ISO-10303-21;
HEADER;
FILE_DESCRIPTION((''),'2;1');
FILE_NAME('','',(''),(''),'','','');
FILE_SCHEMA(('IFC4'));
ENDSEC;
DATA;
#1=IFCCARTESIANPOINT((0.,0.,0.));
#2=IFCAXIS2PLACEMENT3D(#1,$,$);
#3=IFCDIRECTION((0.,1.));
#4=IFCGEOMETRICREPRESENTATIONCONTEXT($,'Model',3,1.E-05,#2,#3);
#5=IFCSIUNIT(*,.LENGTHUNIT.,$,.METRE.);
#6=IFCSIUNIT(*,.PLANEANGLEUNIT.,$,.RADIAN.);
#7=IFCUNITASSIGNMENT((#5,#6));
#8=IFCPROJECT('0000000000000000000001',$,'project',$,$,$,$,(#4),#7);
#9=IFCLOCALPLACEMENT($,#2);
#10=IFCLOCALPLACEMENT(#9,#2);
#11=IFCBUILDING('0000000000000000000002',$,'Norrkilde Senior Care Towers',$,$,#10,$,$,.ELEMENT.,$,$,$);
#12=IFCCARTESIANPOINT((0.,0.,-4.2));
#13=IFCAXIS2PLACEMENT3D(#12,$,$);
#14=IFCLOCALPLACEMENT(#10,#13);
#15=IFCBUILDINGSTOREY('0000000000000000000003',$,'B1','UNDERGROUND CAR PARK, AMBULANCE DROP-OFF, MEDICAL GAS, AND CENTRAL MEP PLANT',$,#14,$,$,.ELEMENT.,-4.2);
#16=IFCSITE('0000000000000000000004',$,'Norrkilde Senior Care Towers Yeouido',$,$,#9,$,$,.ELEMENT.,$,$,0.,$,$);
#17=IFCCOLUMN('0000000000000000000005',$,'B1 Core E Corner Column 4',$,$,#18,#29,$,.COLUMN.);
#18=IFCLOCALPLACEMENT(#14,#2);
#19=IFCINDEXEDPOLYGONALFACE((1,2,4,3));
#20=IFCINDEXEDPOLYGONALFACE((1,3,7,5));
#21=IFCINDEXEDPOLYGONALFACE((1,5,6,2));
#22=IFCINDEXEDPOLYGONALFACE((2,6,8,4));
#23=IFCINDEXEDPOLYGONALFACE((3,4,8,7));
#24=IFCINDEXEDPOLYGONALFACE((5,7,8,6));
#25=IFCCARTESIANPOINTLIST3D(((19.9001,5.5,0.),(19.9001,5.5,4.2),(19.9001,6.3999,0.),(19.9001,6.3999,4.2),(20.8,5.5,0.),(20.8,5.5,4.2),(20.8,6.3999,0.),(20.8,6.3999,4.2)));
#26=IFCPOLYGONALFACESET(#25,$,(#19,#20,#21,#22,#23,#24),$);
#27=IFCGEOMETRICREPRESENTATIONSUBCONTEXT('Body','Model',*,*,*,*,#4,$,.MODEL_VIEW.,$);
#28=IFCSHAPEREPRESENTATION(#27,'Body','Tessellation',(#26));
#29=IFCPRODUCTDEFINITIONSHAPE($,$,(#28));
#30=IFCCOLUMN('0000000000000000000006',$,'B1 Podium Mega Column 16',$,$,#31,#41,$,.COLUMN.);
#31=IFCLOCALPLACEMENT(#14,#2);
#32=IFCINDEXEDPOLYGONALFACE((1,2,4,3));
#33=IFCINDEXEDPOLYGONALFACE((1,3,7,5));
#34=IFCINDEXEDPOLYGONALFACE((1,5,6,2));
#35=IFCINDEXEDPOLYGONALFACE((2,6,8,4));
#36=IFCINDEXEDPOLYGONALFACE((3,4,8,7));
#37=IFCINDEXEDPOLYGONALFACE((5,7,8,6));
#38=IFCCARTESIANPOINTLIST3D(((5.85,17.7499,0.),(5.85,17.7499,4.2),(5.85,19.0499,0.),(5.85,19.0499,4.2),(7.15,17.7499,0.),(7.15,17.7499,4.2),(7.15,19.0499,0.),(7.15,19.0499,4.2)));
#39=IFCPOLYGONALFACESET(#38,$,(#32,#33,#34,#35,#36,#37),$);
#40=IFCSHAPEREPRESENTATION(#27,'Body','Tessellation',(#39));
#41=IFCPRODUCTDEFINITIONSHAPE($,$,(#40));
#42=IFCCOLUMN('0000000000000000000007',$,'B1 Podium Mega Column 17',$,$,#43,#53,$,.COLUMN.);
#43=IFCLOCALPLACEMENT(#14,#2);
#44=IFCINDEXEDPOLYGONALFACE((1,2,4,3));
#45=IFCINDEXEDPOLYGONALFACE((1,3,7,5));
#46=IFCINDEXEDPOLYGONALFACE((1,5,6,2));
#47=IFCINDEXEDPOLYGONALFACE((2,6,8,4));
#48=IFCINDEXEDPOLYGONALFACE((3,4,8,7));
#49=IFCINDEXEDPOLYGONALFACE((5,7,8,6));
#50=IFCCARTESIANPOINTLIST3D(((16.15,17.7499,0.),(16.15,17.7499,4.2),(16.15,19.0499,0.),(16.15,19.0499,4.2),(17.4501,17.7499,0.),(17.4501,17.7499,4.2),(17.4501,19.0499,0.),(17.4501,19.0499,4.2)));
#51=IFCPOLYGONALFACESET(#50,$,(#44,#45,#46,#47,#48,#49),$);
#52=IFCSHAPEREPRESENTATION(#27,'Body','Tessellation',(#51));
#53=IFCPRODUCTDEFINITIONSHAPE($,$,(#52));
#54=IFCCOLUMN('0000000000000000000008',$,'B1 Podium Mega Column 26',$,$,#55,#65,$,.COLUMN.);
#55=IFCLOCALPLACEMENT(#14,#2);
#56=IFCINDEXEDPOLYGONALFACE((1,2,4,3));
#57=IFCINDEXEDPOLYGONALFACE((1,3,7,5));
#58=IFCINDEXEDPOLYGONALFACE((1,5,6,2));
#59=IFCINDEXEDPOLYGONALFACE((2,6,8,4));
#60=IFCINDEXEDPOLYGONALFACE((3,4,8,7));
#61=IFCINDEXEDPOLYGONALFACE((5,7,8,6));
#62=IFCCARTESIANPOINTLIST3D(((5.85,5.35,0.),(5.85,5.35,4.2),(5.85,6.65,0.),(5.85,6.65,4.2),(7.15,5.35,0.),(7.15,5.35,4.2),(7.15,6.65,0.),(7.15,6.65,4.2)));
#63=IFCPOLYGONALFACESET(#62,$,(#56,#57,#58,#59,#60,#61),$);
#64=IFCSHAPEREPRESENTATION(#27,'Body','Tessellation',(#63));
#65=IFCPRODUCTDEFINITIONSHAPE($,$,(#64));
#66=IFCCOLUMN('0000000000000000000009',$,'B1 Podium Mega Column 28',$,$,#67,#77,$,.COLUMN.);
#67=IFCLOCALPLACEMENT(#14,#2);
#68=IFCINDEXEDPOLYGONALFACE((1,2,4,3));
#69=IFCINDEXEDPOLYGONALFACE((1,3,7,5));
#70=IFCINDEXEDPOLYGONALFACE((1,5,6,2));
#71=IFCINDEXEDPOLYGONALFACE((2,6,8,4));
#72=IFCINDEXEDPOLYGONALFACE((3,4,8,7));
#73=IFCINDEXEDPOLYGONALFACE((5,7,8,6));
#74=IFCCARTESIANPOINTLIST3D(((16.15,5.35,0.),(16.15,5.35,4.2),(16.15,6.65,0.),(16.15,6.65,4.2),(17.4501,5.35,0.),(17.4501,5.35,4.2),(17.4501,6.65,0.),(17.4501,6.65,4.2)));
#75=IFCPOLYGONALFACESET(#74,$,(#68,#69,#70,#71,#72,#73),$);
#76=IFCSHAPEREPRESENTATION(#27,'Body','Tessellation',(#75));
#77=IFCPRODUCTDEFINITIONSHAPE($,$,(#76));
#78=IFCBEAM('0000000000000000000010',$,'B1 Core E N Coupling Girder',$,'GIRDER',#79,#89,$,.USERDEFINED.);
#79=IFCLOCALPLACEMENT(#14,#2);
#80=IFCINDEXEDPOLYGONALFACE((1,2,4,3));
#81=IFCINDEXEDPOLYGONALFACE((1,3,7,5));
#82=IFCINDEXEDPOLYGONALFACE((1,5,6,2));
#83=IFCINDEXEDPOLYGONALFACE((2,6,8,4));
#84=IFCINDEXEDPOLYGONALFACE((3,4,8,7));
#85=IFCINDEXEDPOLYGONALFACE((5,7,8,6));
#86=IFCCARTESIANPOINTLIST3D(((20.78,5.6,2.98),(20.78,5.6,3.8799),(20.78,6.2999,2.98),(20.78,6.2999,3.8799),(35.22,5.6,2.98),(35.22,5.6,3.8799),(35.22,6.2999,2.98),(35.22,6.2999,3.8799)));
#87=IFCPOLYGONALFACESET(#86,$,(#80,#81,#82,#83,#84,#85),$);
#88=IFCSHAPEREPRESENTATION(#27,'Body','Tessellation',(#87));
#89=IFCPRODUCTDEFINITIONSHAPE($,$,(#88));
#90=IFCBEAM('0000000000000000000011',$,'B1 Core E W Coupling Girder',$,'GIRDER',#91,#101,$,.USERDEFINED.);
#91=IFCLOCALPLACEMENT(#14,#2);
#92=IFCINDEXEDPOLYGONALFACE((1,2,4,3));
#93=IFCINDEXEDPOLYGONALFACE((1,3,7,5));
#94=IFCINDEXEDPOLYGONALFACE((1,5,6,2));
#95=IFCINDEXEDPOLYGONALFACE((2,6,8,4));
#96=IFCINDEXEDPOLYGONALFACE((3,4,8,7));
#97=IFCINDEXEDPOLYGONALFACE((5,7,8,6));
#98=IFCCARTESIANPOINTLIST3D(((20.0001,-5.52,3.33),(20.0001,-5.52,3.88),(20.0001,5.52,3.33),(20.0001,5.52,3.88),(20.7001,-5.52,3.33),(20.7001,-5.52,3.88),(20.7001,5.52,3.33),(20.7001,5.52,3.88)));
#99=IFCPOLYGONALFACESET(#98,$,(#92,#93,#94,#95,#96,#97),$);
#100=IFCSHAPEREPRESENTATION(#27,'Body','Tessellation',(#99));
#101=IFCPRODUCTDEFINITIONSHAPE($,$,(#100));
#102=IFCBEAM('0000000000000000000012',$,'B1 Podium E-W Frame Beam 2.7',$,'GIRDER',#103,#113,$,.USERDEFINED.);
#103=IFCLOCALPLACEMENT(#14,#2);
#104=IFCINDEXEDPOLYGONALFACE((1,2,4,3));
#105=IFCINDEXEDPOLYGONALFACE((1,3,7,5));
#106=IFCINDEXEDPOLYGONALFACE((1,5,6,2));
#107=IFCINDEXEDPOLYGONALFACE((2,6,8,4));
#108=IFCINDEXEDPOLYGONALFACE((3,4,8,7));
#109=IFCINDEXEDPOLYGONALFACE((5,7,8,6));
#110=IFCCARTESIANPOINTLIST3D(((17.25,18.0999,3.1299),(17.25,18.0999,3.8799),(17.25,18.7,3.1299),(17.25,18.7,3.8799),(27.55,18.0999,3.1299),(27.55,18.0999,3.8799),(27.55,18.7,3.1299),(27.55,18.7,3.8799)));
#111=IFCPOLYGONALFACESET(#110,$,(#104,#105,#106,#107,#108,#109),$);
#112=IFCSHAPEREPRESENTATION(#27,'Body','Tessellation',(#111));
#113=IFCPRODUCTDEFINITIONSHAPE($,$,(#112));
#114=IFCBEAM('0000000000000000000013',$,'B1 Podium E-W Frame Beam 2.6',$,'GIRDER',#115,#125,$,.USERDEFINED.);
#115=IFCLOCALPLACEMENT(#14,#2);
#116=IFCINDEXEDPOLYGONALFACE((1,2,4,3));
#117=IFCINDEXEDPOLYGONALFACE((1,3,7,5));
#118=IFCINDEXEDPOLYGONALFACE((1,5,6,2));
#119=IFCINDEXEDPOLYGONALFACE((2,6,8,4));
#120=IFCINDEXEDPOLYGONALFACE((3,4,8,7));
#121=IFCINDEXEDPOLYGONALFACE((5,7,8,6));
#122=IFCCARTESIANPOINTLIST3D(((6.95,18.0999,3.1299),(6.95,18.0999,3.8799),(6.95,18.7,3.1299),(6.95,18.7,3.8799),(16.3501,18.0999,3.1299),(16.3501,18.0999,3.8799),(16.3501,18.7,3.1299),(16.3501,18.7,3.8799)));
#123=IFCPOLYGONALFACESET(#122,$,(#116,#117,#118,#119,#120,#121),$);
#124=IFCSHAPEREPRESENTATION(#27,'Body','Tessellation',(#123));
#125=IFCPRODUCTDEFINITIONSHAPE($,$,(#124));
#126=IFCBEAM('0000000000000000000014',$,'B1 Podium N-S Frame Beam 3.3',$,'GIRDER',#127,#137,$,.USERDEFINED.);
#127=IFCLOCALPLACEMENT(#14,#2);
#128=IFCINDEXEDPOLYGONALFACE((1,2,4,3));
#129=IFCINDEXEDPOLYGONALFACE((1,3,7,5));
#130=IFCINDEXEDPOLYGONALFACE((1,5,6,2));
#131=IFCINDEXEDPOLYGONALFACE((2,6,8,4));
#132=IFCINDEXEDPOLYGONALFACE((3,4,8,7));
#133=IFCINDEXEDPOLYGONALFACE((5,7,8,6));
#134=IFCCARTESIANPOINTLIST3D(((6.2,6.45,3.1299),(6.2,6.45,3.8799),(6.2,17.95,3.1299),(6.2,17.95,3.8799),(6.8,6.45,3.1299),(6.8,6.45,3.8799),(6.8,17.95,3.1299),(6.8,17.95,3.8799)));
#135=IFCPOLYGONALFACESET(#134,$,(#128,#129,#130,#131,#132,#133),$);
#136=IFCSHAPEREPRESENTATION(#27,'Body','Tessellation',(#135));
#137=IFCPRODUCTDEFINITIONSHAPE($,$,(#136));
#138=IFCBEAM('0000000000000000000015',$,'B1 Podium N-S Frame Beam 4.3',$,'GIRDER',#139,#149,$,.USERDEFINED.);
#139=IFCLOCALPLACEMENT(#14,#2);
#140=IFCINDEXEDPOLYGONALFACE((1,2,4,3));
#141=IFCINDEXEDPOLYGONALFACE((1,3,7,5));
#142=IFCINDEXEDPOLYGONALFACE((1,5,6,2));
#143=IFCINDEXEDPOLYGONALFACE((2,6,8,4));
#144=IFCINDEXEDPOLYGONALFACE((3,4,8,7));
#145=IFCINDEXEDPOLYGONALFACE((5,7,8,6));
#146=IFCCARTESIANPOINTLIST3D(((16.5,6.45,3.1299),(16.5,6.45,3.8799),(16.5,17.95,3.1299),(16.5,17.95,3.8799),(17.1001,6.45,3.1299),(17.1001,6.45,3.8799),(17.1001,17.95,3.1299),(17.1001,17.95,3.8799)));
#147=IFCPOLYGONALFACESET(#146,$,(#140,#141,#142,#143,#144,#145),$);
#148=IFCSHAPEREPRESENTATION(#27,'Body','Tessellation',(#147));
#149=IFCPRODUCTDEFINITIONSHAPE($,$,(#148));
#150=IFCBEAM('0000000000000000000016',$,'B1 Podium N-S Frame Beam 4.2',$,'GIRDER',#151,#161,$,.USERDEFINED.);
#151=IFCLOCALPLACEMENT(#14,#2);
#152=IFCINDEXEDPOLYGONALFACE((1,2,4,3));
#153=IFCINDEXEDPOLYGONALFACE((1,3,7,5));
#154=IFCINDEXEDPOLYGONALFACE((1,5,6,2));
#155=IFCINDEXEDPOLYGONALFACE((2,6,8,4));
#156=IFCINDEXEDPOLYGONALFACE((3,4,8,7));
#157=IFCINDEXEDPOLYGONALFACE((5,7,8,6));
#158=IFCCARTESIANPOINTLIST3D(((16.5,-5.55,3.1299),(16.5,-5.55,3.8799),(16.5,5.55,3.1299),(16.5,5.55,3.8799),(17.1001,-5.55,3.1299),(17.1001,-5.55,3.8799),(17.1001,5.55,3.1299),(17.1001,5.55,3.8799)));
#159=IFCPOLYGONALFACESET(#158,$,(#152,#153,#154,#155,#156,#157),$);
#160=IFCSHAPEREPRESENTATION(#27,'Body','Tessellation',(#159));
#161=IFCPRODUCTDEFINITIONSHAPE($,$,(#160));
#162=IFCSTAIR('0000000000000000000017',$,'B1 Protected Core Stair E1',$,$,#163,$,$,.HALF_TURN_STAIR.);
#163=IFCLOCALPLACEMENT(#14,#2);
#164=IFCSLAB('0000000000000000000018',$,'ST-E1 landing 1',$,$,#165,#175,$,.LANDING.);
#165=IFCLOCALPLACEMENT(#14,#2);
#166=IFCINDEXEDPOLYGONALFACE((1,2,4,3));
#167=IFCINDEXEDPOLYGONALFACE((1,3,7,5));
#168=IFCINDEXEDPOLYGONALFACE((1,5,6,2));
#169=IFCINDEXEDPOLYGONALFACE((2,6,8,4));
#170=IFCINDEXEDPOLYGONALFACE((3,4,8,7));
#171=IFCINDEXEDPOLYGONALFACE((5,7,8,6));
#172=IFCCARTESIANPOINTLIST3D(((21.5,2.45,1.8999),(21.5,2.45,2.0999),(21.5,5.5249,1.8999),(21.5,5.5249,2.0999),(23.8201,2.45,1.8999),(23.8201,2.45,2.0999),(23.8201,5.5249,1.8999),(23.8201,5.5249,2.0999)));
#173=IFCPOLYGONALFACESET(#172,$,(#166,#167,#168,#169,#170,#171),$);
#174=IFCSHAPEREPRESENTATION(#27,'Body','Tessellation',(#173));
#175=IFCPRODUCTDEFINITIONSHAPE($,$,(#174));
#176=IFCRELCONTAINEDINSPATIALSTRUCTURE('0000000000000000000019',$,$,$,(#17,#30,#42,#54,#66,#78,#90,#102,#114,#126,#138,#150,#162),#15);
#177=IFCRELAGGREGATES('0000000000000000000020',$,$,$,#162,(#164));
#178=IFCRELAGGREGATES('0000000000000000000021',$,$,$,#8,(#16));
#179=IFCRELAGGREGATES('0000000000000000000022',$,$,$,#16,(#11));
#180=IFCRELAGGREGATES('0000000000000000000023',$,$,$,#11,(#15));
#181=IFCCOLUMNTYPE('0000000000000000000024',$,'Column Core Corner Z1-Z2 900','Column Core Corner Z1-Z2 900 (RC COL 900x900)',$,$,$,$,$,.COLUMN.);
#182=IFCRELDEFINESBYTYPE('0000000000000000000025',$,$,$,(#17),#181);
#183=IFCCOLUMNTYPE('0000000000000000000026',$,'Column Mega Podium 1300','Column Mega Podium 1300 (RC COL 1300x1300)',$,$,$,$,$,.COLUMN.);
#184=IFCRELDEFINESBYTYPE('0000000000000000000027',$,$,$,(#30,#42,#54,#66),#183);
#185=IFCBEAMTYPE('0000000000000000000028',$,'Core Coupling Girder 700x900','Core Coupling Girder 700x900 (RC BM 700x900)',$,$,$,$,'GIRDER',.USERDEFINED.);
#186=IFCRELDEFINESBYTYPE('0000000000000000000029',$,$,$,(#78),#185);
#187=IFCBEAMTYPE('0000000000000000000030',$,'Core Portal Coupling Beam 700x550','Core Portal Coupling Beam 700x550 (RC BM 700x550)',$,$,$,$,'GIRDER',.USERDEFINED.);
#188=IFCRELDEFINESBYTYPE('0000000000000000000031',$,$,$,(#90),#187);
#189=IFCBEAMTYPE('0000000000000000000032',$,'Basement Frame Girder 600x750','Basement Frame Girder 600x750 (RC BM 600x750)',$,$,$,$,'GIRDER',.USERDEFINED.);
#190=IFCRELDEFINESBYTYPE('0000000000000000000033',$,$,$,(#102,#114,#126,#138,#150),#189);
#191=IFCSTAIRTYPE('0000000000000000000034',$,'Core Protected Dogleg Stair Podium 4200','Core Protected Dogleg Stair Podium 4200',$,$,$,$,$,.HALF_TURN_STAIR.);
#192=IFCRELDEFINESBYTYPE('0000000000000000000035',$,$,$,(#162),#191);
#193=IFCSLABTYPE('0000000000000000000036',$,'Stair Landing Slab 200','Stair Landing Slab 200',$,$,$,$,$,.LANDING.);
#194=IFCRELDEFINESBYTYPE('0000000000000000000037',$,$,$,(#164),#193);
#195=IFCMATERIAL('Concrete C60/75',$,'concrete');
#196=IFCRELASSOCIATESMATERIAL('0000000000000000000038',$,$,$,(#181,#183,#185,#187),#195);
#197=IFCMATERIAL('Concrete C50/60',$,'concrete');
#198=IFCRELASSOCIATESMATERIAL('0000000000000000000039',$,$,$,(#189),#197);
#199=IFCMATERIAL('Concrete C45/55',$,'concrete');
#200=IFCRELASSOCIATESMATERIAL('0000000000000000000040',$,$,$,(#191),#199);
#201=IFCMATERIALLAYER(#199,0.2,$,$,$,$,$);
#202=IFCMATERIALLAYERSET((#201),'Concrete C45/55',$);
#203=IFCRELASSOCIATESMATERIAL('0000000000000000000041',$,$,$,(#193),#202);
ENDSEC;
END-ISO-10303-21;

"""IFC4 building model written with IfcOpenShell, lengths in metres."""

from ifc_helpers import new_model, si_unit, direction, frame, origin, origin_2d, place, context, subcontext, project, spatial, polyline, rectangle, outline, extrude, source, transform, mapped, material, layer, layer_set, material_profile, profile_set, type_object, type_shapes, element, aggregate, save


model = new_model("IFC4")

# Units and contexts
model_context = context("Model", 3, precision=1e-05, world=origin(), true_north=direction((0.0, 1.0)))
body_context = subcontext(model_context, "Body", "Model", "MODEL_VIEW")
ifc_project = project(units=[si_unit("LENGTHUNIT", "METRE"), si_unit("PLANEANGLEUNIT", "RADIAN")], contexts=[model_context])

# Site, building, storey
site_placement = place(None, origin())
site = spatial("IfcSite", under=ifc_project, at=site_placement, Name="Norrkilde Senior Care Towers Yeouido", CompositionType="ELEMENT", RefElevation=0.0)
building_placement = place(site_placement, origin())
building = spatial("IfcBuilding", under=site, at=building_placement, Name="Norrkilde Senior Care Towers", CompositionType="ELEMENT")
storey_placement = place(building_placement, frame((0.0, 0.0, -4.2)))
storey = spatial("IfcBuildingStorey", under=building, at=storey_placement, Name="B1", Description="UNDERGROUND CAR PARK, AMBULANCE DROP-OFF, MEDICAL GAS, AND CENTRAL MEP PLANT", CompositionType="ELEMENT", Elevation=-4.2)

# Columns
ifc_material_1 = material(Name="Concrete C60/75", Category="concrete")
ifc_material_profile_1 = material_profile(ifc_material_1, rectangle(XDim=0.8999, YDim=0.8999, at=origin_2d()), Name="RC COL 900x900")
ifc_profile_set_1 = profile_set([ifc_material_profile_1], Name="Concrete C60/75")
column_type_1 = type_object("IfcColumnType", Name="Column Core Corner Z1-Z2 900", Description="Column Core Corner Z1-Z2 900 (RC COL 900x900)", PredefinedType="COLUMN", material=ifc_profile_set_1)
shared_shape_1 = source(origin(), body_context, "Body", "SweptSolid", [
    extrude(rectangle(XDim=0.8999, YDim=0.8999, at=origin_2d()), origin(), (0.0, 0.0, 1.0), 4.2),
])
type_shapes(column_type_1, [shared_shape_1])
column_placement = place(storey_placement, frame((20.3501, 5.95, 0.0), z_axis=(0.0, 0.0, 1.0), x_axis=(1.0, 0.0, 0.0)))
element("IfcColumn", 1, at=column_placement, inside=storey, type_object=column_type_1, Name="B1 Core E Corner Column 4", PredefinedType="COLUMN", context=body_context, shape_type="MappedRepresentation", body=[
    mapped(shared_shape_1, transform((0.0, 0.0, 0.0), x_axis=(1.0, 0.0, 0.0), y_axis=(0.0, 1.0, 0.0), z_axis=(0.0, 0.0, 1.0), scale=1.0)),
])
ifc_material_profile_2 = material_profile(ifc_material_1, rectangle(XDim=1.3, YDim=1.3, at=origin_2d()), Name="RC COL 1300x1300")
ifc_profile_set_2 = profile_set([ifc_material_profile_2], Name="Concrete C60/75")
column_type_2 = type_object("IfcColumnType", Name="Column Mega Podium 1300", Description="Column Mega Podium 1300 (RC COL 1300x1300)", PredefinedType="COLUMN", material=ifc_profile_set_2)
shared_shape_2 = source(origin(), body_context, "Body", "SweptSolid", [
    extrude(rectangle(XDim=1.3, YDim=1.3, at=origin_2d()), origin(), (0.0, 0.0, 1.0), 4.2),
])
type_shapes(column_type_2, [shared_shape_2])
for number, where, z_axis, x_axis, name in (
    (2, (6.5, 18.3999, 0.0), (0.0, 0.0, 1.0), (1.0, 0.0, 0.0), "B1 Podium Mega Column 16"),
    (3, (16.8, 18.3999, 0.0), (0.0, 0.0, 1.0), (1.0, 0.0, 0.0), "B1 Podium Mega Column 17"),
    (4, (6.5, 6.0, 0.0), (0.0, 0.0, 1.0), (1.0, 0.0, 0.0), "B1 Podium Mega Column 26"),
    (5, (16.8, 6.0, 0.0), (0.0, 0.0, 1.0), (1.0, 0.0, 0.0), "B1 Podium Mega Column 28"),
):
    element("IfcColumn", number, at=place(storey_placement, frame(where, z_axis=z_axis, x_axis=x_axis)), inside=storey, type_object=column_type_2, Name=name, PredefinedType="COLUMN", context=body_context, shape_type="MappedRepresentation", body=[
        mapped(shared_shape_2, transform((0.0, 0.0, 0.0), x_axis=(1.0, 0.0, 0.0), y_axis=(0.0, 1.0, 0.0), z_axis=(0.0, 0.0, 1.0), scale=1.0)),
    ])

# Beams
ifc_material_profile_3 = material_profile(ifc_material_1, rectangle(XDim=0.7, YDim=0.8999, at=origin_2d()), Name="RC BM 700x900")
ifc_profile_set_3 = profile_set([ifc_material_profile_3], Name="Concrete C60/75")
beam_type_1 = type_object("IfcBeamType", Name="Core Coupling Girder 700x900", Description="Core Coupling Girder 700x900 (RC BM 700x900)", ElementType="GIRDER", PredefinedType="USERDEFINED", material=ifc_profile_set_3)
shared_shape_3 = source(origin(), body_context, "Body", "SweptSolid", [
    extrude(rectangle(XDim=0.7, YDim=0.8999, at=origin_2d()), origin(), (0.0, 0.0, 1.0), 14.4399),
])
type_shapes(beam_type_1, [shared_shape_3])
beam_1_placement = place(storey_placement, frame((20.78, 5.95, 3.4299), z_axis=(1.0, 0.0, 0.0), x_axis=(0.0, 1.0, 0.0)))
element("IfcBeam", 6, at=beam_1_placement, inside=storey, type_object=beam_type_1, Name="B1 Core E N Coupling Girder", ObjectType="GIRDER", PredefinedType="USERDEFINED", context=body_context, shape_type="MappedRepresentation", body=[
    mapped(shared_shape_3, transform((0.0, 0.0, 0.0), x_axis=(1.0, 0.0, 0.0), y_axis=(0.0, 1.0, 0.0), z_axis=(0.0, 0.0, 1.0), scale=1.0)),
])
ifc_material_profile_4 = material_profile(ifc_material_1, rectangle(XDim=0.7, YDim=0.55, at=origin_2d()), Name="RC BM 700x550")
ifc_profile_set_4 = profile_set([ifc_material_profile_4], Name="Concrete C60/75")
beam_type_2 = type_object("IfcBeamType", Name="Core Portal Coupling Beam 700x550", Description="Core Portal Coupling Beam 700x550 (RC BM 700x550)", ElementType="GIRDER", PredefinedType="USERDEFINED", material=ifc_profile_set_4)
shared_shape_4 = source(origin(), body_context, "Body", "SweptSolid", [
    extrude(rectangle(XDim=0.7, YDim=0.55, at=origin_2d()), origin(), (0.0, 0.0, 1.0), 11.04),
])
type_shapes(beam_type_2, [shared_shape_4])
beam_2_placement = place(storey_placement, frame((20.3501, -5.52, 3.605), z_axis=(0.0, 1.0, 0.0), x_axis=(-1.0, 0.0, 0.0)))
element("IfcBeam", 7, at=beam_2_placement, inside=storey, type_object=beam_type_2, Name="B1 Core E W Coupling Girder", ObjectType="GIRDER", PredefinedType="USERDEFINED", context=body_context, shape_type="MappedRepresentation", body=[
    mapped(shared_shape_4, transform((0.0, 0.0, 0.0), x_axis=(1.0, 0.0, 0.0), y_axis=(0.0, 1.0, 0.0), z_axis=(0.0, 0.0, 1.0), scale=1.0)),
])
ifc_material_2 = material(Name="Concrete C50/60", Category="concrete")
ifc_material_profile_5 = material_profile(ifc_material_2, rectangle(XDim=0.6001, YDim=0.75, at=origin_2d()), Name="RC BM 600x750")
ifc_profile_set_5 = profile_set([ifc_material_profile_5], Name="Concrete C50/60")
beam_type_3 = type_object("IfcBeamType", Name="Basement Frame Girder 600x750", Description="Basement Frame Girder 600x750 (RC BM 600x750)", ElementType="GIRDER", PredefinedType="USERDEFINED", material=ifc_profile_set_5)
shared_shape_5 = source(origin(), body_context, "Body", "SweptSolid", [
    extrude(rectangle(XDim=0.6001, YDim=0.75, at=origin_2d()), origin(), (0.0, 0.0, 1.0), 10.3),
])
beam_3_placement = place(storey_placement, frame((17.25, 18.3999, 3.5049), z_axis=(1.0, 0.0, 0.0), x_axis=(0.0, 1.0, 0.0)))
element("IfcBeam", 8, at=beam_3_placement, inside=storey, type_object=beam_type_3, Name="B1 Podium E-W Frame Beam 2.7", ObjectType="GIRDER", PredefinedType="USERDEFINED", context=body_context, shape_type="MappedRepresentation", body=[
    mapped(shared_shape_5, transform((0.0, 0.0, 0.0), x_axis=(1.0, 0.0, 0.0), y_axis=(0.0, 1.0, 0.0), z_axis=(0.0, 0.0, 1.0), scale=1.0)),
])
shared_shape_6 = source(origin(), body_context, "Body", "SweptSolid", [
    extrude(rectangle(XDim=0.6001, YDim=0.75, at=origin_2d()), origin(), (0.0, 0.0, 1.0), 9.4001),
])
beam_4_placement = place(storey_placement, frame((6.95, 18.3999, 3.5049), z_axis=(1.0, 0.0, 0.0), x_axis=(0.0, 1.0, 0.0)))
element("IfcBeam", 9, at=beam_4_placement, inside=storey, type_object=beam_type_3, Name="B1 Podium E-W Frame Beam 2.6", ObjectType="GIRDER", PredefinedType="USERDEFINED", context=body_context, shape_type="MappedRepresentation", body=[
    mapped(shared_shape_6, transform((0.0, 0.0, 0.0), x_axis=(1.0, 0.0, 0.0), y_axis=(0.0, 1.0, 0.0), z_axis=(0.0, 0.0, 1.0), scale=1.0)),
])
shared_shape_7 = source(origin(), body_context, "Body", "SweptSolid", [
    extrude(rectangle(XDim=0.6001, YDim=0.75, at=origin_2d()), origin(), (0.0, 0.0, 1.0), 11.5),
])
for number, where, z_axis, x_axis, name in (
    (10, (6.5, 6.45, 3.5049), (0.0, 1.0, 0.0), (-1.0, 0.0, 0.0), "B1 Podium N-S Frame Beam 3.3"),
    (11, (16.8, 6.45, 3.5049), (0.0, 1.0, 0.0), (-1.0, 0.0, 0.0), "B1 Podium N-S Frame Beam 4.3"),
):
    element("IfcBeam", number, at=place(storey_placement, frame(where, z_axis=z_axis, x_axis=x_axis)), inside=storey, type_object=beam_type_3, Name=name, ObjectType="GIRDER", PredefinedType="USERDEFINED", context=body_context, shape_type="MappedRepresentation", body=[
        mapped(shared_shape_7, transform((0.0, 0.0, 0.0), x_axis=(1.0, 0.0, 0.0), y_axis=(0.0, 1.0, 0.0), z_axis=(0.0, 0.0, 1.0), scale=1.0)),
    ])
shared_shape_8 = source(origin(), body_context, "Body", "SweptSolid", [
    extrude(rectangle(XDim=0.6001, YDim=0.75, at=origin_2d()), origin(), (0.0, 0.0, 1.0), 11.1001),
])
type_shapes(beam_type_3, [shared_shape_5, shared_shape_6, shared_shape_7, shared_shape_8])
beam_5_placement = place(storey_placement, frame((16.8, -5.55, 3.5049), z_axis=(0.0, 1.0, 0.0), x_axis=(-1.0, 0.0, 0.0)))
element("IfcBeam", 12, at=beam_5_placement, inside=storey, type_object=beam_type_3, Name="B1 Podium N-S Frame Beam 4.2", ObjectType="GIRDER", PredefinedType="USERDEFINED", context=body_context, shape_type="MappedRepresentation", body=[
    mapped(shared_shape_8, transform((0.0, 0.0, 0.0), x_axis=(1.0, 0.0, 0.0), y_axis=(0.0, 1.0, 0.0), z_axis=(0.0, 0.0, 1.0), scale=1.0)),
])

# Stair, slab
ifc_material_3 = material(Name="Concrete C45/55", Category="concrete")
stair_type = type_object("IfcStairType", Name="Core Protected Dogleg Stair Podium 4200", Description="Core Protected Dogleg Stair Podium 4200", PredefinedType="HALF_TURN_STAIR", material=ifc_material_3)
stair_1_placement = place(storey_placement, origin())
stair_1 = element("IfcStair", 13, at=stair_1_placement, inside=storey, type_object=stair_type, Name="B1 Protected Core Stair E1", PredefinedType="HALF_TURN_STAIR")
ifc_layer_1 = layer(ifc_material_3, 0.2)
ifc_layer_set_1 = layer_set([ifc_layer_1], Name="Concrete C45/55")
slab_type = type_object("IfcSlabType", Name="Stair Landing Slab 200", Description="Stair Landing Slab 200", PredefinedType="LANDING", material=ifc_layer_set_1)
slab_1_placement = place(storey_placement, frame((0.0, 0.0, 1.8999)))
slab_1 = element("IfcSlab", 14, at=slab_1_placement, type_object=slab_type, Name="ST-E1 landing 1", PredefinedType="LANDING", context=body_context, shape_type="SweptSolid", body=[
    extrude(outline(polyline([(23.8201, 5.5249), (21.5, 5.5249), (21.5, 2.45), (23.8201, 2.45), (23.8201, 5.5249)])), origin(), (0.0, 0.0, 1.0), 0.2),
])
aggregate(stair_1, [slab_1])

save(model, "model.ifc")
